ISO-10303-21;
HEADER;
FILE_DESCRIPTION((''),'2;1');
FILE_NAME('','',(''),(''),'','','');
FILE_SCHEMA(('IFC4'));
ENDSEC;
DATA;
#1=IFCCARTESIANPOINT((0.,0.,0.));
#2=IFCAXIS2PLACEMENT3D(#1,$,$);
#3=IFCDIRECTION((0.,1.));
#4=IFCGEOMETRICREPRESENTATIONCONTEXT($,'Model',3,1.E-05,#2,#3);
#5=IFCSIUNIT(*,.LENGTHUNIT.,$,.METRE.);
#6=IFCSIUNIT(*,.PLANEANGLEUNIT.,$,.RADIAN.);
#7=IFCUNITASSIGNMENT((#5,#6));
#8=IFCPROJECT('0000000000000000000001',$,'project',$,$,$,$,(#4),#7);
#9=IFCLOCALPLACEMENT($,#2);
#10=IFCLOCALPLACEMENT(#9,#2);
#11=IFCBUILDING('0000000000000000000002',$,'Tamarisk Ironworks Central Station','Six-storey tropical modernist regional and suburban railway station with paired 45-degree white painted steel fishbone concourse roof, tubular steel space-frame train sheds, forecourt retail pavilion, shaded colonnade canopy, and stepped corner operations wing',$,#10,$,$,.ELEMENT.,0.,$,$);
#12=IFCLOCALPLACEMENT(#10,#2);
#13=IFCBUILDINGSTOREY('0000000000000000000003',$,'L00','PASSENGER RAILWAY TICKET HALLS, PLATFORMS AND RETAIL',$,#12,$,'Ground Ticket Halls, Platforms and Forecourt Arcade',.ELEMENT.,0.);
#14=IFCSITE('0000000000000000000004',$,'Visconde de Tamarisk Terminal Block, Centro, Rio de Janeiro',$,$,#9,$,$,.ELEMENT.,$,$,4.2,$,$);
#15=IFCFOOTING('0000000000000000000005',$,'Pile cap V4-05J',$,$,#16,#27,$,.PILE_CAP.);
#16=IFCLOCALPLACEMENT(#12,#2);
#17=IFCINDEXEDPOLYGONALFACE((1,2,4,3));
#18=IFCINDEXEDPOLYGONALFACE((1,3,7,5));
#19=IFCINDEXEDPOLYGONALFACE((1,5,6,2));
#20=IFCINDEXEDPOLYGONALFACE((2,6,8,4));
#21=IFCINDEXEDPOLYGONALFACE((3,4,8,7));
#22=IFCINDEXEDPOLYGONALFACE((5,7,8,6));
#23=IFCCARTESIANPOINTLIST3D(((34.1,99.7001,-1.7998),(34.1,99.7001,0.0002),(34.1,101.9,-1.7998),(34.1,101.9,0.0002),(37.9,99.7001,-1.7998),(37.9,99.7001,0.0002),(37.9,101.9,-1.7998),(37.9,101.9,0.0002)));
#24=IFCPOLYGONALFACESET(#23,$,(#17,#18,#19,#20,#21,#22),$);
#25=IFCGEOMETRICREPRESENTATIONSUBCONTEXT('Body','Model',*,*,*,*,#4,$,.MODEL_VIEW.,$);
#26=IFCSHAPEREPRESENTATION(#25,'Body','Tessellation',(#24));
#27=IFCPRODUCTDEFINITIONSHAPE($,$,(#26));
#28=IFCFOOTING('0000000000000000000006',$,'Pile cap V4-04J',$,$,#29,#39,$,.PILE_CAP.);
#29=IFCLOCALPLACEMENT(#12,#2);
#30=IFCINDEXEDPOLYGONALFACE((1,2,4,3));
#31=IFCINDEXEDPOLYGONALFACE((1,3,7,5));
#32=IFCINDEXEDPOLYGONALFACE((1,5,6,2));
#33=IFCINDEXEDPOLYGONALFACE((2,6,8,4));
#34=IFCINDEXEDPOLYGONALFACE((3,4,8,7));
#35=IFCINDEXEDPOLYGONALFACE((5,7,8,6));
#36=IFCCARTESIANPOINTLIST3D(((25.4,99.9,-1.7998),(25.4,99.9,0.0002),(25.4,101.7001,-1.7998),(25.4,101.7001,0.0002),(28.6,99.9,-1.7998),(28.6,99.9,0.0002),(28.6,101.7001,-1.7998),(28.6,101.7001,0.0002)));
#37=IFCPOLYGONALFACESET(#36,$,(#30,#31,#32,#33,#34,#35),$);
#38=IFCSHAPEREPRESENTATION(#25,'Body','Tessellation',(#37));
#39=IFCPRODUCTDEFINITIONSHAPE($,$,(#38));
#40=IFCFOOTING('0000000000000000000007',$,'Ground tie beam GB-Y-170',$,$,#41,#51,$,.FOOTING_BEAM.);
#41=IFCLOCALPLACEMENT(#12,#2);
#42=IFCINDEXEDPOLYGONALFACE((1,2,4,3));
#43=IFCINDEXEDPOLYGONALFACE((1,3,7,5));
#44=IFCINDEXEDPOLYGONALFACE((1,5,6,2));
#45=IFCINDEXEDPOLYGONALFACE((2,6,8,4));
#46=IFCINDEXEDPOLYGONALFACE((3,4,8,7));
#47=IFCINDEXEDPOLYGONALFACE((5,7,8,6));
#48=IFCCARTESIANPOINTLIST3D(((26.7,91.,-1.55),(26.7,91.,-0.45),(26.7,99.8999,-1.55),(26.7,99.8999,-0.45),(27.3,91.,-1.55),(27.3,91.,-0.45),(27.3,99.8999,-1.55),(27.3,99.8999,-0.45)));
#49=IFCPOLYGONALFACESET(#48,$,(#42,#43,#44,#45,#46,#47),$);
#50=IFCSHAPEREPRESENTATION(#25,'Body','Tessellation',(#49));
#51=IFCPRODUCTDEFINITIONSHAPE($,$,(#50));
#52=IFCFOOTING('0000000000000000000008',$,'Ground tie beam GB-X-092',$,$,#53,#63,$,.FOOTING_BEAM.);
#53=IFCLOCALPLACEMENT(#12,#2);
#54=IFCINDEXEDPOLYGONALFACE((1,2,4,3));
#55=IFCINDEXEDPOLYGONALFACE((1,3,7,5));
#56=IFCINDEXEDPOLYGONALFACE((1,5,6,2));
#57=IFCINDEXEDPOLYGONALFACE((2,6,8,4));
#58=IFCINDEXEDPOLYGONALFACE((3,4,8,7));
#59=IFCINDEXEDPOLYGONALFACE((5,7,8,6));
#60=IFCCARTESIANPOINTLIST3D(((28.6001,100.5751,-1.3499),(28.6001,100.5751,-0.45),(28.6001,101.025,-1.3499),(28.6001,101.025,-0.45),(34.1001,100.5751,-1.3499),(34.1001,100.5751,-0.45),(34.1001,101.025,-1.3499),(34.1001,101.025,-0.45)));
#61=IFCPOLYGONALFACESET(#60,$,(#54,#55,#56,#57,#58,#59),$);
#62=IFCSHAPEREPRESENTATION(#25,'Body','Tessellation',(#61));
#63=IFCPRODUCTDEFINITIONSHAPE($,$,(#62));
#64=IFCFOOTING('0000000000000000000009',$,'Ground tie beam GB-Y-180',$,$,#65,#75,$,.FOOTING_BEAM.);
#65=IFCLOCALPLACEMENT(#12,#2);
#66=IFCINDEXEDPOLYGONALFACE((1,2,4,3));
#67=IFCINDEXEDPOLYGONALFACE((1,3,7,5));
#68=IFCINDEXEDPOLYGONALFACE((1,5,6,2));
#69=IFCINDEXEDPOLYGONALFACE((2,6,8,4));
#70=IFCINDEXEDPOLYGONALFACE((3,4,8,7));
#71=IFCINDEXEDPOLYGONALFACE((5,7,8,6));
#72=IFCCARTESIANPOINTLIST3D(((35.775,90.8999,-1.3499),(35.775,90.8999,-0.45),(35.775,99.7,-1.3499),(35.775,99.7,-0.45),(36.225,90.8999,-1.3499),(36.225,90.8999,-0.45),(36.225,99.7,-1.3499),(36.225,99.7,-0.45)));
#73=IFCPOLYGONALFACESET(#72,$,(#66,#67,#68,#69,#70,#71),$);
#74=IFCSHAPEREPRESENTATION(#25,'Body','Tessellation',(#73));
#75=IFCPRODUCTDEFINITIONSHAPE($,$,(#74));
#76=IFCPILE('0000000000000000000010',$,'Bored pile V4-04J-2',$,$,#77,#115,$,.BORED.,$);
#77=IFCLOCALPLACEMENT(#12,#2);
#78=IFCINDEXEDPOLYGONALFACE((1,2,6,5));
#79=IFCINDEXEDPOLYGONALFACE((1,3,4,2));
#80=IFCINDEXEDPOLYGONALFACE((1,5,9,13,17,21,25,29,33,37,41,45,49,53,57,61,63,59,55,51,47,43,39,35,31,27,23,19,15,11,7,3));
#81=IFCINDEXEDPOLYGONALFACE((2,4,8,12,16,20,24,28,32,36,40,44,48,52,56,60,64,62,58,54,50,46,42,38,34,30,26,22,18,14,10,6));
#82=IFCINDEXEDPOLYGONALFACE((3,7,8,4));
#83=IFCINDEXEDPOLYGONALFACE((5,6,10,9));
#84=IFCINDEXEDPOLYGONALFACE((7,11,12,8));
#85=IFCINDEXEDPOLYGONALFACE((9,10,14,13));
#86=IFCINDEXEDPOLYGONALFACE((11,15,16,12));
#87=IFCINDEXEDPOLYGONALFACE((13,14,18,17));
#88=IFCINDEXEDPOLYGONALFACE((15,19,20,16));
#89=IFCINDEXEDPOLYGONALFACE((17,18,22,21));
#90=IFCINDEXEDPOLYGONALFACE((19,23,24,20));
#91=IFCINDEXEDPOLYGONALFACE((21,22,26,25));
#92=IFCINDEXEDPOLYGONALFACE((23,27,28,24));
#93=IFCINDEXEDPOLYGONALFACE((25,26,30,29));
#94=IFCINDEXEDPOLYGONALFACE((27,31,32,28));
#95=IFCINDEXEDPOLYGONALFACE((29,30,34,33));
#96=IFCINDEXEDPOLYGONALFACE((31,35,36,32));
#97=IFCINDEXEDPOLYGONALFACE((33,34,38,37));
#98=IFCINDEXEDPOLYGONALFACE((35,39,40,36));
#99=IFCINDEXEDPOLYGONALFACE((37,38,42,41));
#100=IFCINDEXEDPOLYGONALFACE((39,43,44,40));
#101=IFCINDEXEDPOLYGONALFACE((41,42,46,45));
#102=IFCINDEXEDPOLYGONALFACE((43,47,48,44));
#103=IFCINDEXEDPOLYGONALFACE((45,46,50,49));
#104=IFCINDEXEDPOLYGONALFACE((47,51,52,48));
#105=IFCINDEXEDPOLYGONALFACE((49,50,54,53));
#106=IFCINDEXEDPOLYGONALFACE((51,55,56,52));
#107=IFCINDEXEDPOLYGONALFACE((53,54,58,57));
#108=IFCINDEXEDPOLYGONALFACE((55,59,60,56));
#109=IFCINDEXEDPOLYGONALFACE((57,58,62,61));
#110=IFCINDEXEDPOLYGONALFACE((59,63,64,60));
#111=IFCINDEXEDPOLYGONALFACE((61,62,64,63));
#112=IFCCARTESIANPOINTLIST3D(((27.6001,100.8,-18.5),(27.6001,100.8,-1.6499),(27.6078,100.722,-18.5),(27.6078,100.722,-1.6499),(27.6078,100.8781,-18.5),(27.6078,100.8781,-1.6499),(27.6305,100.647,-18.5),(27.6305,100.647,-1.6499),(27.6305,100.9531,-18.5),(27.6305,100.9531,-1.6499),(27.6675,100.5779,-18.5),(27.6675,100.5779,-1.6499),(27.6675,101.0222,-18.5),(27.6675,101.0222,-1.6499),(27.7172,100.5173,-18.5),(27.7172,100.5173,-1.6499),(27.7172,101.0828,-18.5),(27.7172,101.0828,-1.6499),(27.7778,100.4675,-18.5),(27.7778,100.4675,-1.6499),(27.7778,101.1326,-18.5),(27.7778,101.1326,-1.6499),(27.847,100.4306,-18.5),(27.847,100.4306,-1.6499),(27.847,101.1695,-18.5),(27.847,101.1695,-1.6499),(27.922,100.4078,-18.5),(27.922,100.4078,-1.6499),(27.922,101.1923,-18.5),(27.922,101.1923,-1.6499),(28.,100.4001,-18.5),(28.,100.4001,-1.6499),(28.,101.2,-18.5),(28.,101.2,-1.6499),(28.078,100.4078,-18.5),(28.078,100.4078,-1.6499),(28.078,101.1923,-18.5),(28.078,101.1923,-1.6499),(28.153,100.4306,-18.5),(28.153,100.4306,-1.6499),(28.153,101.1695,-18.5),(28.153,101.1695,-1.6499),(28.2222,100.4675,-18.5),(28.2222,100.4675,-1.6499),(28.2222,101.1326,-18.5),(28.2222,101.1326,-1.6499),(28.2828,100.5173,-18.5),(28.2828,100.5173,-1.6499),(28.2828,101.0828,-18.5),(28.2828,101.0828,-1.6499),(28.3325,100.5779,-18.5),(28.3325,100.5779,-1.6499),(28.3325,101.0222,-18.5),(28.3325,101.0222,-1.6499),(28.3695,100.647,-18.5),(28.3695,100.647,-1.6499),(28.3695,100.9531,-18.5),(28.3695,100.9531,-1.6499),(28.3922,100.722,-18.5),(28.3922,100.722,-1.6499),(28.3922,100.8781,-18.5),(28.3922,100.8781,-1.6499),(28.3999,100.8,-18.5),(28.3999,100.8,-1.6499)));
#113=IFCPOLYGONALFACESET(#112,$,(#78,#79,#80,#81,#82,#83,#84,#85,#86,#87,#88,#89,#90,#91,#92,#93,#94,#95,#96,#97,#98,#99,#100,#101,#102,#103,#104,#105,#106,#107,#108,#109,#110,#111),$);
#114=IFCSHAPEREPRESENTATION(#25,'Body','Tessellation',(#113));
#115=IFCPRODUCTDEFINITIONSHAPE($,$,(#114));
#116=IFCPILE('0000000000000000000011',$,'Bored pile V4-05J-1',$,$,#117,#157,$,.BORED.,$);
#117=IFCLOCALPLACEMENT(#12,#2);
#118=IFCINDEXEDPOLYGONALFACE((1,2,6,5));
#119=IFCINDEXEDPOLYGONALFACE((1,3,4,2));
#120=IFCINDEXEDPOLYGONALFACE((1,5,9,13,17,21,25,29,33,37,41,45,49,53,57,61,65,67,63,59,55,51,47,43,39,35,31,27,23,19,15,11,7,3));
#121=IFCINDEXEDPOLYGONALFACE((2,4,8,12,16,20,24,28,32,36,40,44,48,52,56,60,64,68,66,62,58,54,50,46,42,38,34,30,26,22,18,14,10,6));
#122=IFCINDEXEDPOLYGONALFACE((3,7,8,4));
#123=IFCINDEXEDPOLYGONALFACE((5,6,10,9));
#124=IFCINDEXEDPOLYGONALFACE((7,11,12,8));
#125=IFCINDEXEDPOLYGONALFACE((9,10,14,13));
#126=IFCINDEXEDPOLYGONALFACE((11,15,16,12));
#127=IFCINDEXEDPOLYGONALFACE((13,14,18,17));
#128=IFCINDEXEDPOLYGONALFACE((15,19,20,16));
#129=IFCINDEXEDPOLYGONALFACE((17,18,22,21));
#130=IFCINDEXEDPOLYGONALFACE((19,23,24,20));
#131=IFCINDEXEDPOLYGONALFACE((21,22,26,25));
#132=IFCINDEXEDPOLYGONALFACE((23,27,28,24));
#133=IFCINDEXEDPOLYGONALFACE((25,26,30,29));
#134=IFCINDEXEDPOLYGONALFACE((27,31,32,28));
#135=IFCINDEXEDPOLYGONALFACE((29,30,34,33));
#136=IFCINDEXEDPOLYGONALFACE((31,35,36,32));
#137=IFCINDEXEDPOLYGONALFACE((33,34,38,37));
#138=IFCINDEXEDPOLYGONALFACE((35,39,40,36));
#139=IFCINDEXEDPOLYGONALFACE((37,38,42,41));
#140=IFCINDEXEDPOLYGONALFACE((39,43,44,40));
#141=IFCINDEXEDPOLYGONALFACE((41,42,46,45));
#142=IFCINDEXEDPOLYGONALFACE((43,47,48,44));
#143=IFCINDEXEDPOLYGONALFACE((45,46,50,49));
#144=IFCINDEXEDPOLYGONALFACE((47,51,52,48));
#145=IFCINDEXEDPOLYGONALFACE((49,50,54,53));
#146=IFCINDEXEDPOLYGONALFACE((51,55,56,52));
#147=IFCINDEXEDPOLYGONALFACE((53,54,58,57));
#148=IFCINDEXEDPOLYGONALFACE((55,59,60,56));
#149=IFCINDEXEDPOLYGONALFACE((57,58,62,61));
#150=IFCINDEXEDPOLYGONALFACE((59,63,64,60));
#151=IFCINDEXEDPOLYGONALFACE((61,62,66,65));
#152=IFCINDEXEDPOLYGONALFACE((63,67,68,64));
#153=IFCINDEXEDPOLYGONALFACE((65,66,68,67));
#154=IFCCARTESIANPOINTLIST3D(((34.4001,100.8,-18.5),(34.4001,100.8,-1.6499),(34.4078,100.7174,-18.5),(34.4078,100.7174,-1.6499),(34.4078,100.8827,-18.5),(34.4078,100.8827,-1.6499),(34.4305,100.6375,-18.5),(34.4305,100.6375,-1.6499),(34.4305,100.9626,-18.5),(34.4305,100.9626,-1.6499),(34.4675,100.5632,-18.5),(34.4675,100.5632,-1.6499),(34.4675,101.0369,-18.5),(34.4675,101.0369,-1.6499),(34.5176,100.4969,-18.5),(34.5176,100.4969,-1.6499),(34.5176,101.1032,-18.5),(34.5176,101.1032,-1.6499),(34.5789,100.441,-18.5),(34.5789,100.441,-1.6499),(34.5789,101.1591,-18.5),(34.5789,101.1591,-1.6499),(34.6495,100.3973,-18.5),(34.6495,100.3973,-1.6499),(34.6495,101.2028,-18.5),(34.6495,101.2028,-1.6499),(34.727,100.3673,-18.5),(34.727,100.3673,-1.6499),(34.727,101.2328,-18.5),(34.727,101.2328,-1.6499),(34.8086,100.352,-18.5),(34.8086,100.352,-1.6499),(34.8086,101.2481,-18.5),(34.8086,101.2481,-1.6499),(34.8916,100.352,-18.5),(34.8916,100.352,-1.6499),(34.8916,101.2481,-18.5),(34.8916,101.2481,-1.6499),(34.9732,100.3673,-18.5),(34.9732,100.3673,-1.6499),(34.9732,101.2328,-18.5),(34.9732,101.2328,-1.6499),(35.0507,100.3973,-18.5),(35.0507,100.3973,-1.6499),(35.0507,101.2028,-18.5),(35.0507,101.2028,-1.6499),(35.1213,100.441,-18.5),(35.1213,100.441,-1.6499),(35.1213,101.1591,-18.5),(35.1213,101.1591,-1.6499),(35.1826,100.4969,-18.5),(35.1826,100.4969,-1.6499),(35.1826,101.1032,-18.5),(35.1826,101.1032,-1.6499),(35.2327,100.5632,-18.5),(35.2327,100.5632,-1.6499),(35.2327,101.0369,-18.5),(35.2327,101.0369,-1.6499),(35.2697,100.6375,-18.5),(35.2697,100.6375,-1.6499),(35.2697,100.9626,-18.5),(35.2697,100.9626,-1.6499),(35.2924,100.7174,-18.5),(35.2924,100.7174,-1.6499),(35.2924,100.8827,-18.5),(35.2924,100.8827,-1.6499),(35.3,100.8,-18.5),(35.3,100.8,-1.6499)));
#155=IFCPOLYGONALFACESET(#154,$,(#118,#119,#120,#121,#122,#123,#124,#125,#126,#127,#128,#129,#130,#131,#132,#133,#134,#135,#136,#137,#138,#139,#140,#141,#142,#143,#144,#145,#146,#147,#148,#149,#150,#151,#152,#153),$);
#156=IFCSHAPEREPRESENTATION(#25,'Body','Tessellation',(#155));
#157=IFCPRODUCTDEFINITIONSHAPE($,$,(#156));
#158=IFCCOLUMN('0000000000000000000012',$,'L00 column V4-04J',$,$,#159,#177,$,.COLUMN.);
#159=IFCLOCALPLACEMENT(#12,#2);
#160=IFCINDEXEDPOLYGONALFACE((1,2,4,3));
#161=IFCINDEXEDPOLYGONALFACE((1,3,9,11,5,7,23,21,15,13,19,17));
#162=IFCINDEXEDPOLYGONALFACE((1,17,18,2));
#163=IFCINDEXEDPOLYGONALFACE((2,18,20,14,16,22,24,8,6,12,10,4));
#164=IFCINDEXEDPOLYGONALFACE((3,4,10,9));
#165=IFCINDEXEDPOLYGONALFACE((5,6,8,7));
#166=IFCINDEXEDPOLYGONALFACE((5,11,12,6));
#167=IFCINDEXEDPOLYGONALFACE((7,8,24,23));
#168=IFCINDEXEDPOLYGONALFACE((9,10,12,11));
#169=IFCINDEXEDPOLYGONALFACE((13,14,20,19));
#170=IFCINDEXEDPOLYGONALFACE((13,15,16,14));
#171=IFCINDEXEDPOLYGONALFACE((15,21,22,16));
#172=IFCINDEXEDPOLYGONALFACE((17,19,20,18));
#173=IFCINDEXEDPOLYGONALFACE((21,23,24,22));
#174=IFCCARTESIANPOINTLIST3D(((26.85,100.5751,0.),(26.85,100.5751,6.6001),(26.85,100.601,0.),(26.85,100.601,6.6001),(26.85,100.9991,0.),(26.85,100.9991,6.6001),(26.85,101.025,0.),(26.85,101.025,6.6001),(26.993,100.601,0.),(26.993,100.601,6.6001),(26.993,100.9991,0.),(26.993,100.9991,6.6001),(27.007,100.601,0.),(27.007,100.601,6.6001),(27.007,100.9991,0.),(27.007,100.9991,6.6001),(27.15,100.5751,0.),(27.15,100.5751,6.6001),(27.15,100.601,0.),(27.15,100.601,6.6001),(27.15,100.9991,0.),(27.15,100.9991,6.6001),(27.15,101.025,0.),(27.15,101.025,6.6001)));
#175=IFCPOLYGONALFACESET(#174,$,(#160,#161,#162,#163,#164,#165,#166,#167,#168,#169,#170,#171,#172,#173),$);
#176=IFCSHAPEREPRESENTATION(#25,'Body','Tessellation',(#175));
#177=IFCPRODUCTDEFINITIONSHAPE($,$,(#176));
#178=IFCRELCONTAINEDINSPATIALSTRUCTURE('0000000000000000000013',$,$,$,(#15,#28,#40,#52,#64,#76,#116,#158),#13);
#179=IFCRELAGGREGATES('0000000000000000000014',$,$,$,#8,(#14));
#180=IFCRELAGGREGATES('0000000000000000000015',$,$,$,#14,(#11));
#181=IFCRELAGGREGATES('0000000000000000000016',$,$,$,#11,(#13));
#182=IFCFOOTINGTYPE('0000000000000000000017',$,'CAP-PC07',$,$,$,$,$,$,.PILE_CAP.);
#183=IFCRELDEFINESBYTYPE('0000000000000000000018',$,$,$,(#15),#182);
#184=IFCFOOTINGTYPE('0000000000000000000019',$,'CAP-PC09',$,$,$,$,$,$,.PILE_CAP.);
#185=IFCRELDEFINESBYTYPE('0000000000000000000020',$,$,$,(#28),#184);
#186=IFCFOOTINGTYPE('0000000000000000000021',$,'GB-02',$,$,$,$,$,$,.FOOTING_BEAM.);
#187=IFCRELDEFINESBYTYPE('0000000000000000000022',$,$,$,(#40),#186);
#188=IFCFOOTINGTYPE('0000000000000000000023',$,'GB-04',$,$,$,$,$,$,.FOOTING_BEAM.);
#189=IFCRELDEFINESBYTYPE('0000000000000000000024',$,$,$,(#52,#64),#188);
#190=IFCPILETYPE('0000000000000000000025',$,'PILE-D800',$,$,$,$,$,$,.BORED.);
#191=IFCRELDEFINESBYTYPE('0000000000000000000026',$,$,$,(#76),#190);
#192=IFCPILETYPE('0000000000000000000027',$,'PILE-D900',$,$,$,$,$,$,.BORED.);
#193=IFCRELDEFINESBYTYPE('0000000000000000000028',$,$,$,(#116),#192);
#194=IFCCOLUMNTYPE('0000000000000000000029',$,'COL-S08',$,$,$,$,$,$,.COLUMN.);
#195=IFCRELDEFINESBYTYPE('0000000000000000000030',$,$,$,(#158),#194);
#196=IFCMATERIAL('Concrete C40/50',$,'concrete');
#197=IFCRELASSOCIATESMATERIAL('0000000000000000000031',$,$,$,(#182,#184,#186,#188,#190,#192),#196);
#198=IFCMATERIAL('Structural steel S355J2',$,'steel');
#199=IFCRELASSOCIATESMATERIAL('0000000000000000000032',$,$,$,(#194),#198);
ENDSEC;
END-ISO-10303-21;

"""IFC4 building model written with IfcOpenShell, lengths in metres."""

from ifc_helpers import new_model, si_unit, direction, frame, origin, origin_2d, place, context, subcontext, project, spatial, rectangle, circle, i_section, extrude, material, material_profile, profile_set, type_object, element, save


model = new_model("IFC4")

# Units and contexts
model_context = context("Model", 3, precision=1e-05, world=origin(), true_north=direction((0.0, 1.0)))
body_context = subcontext(model_context, "Body", "Model", "MODEL_VIEW")
ifc_project = project(units=[si_unit("LENGTHUNIT", "METRE"), si_unit("PLANEANGLEUNIT", "RADIAN")], contexts=[model_context])

# Site, building, storey
site_placement = place(None, origin())
site = spatial("IfcSite", under=ifc_project, at=site_placement, Name="Visconde de Tamarisk Terminal Block, Centro, Rio de Janeiro", CompositionType="ELEMENT", RefElevation=4.2)
building_placement = place(site_placement, origin())
building = spatial("IfcBuilding", under=site, at=building_placement, Name="Tamarisk Ironworks Central Station", Description="Six-storey tropical modernist regional and suburban railway station with paired 45-degree white painted steel fishbone concourse roof, tubular steel space-frame train sheds, forecourt retail pavilion, shaded colonnade canopy, and stepped corner operations wing", CompositionType="ELEMENT", ElevationOfRefHeight=0.0)
storey_placement = place(building_placement, origin())
storey = spatial("IfcBuildingStorey", under=building, at=storey_placement, Name="L00", Description="PASSENGER RAILWAY TICKET HALLS, PLATFORMS AND RETAIL", LongName="Ground Ticket Halls, Platforms and Forecourt Arcade", CompositionType="ELEMENT", Elevation=0.0)

# Footings
ifc_material_1 = material(Name="Concrete C40/50", Category="concrete")
footing_type_1 = type_object("IfcFootingType", Name="CAP-PC07", PredefinedType="PILE_CAP", material=ifc_material_1)
footing_1_placement = place(storey_placement, frame((36.0, 100.8, -1.7998), z_axis=(0.0, 0.0, 1.0), x_axis=(1.0, 0.0, 0.0)))
element("IfcFooting", 1, at=footing_1_placement, inside=storey, type_object=footing_type_1, Name="Pile cap V4-05J", PredefinedType="PILE_CAP", context=body_context, shape_type="SweptSolid", body=[
    extrude(rectangle(XDim=3.8, YDim=2.2, at=origin_2d()), origin(), (0.0, 0.0, 1.0), 1.8),
])
footing_type_2 = type_object("IfcFootingType", Name="CAP-PC09", PredefinedType="PILE_CAP", material=ifc_material_1)
footing_2_placement = place(storey_placement, frame((27.0, 100.8, -1.7998), z_axis=(0.0, 0.0, 1.0), x_axis=(1.0, 0.0, 0.0)))
element("IfcFooting", 2, at=footing_2_placement, inside=storey, type_object=footing_type_2, Name="Pile cap V4-04J", PredefinedType="PILE_CAP", context=body_context, shape_type="SweptSolid", body=[
    extrude(rectangle(XDim=3.2, YDim=1.8, at=origin_2d()), origin(), (0.0, 0.0, 1.0), 1.8),
])
ifc_material_profile_1 = material_profile(ifc_material_1, rectangle(XDim=0.6001, YDim=1.1001, at=origin_2d()), Name="GB02 600x1100")
ifc_profile_set_1 = profile_set([ifc_material_profile_1], Name="Concrete C40/50")
footing_type_3 = type_object("IfcFootingType", Name="GB-02", PredefinedType="FOOTING_BEAM", material=ifc_profile_set_1)
footing_3_placement = place(storey_placement, frame((27.0, 91.0, -1.0), z_axis=(0.0, 1.0, 0.0), x_axis=(-1.0, 0.0, 0.0)))
element("IfcFooting", 3, at=footing_3_placement, inside=storey, type_object=footing_type_3, Name="Ground tie beam GB-Y-170", PredefinedType="FOOTING_BEAM", context=body_context, shape_type="SweptSolid", body=[
    extrude(rectangle(XDim=0.6001, YDim=1.1001, at=origin_2d()), origin(), (0.0, 0.0, 1.0), 8.8999),
])
ifc_material_profile_2 = material_profile(ifc_material_1, rectangle(XDim=0.45, YDim=0.8999, at=origin_2d()), Name="GB04 450x900")
ifc_profile_set_2 = profile_set([ifc_material_profile_2], Name="Concrete C40/50")
footing_type_4 = type_object("IfcFootingType", Name="GB-04", PredefinedType="FOOTING_BEAM", material=ifc_profile_set_2)
footing_4_placement = place(storey_placement, frame((28.6001, 100.8, -0.8999), z_axis=(1.0, 0.0, 0.0), x_axis=(0.0, 1.0, 0.0)))
element("IfcFooting", 4, at=footing_4_placement, inside=storey, type_object=footing_type_4, Name="Ground tie beam GB-X-092", PredefinedType="FOOTING_BEAM", context=body_context, shape_type="SweptSolid", body=[
    extrude(rectangle(XDim=0.45, YDim=0.8999, at=origin_2d()), origin(), (0.0, 0.0, 1.0), 5.5),
])
footing_5_placement = place(storey_placement, frame((36.0, 90.8999, -0.8999), z_axis=(0.0, 1.0, 0.0), x_axis=(-1.0, 0.0, 0.0)))
element("IfcFooting", 5, at=footing_5_placement, inside=storey, type_object=footing_type_4, Name="Ground tie beam GB-Y-180", PredefinedType="FOOTING_BEAM", context=body_context, shape_type="SweptSolid", body=[
    extrude(rectangle(XDim=0.45, YDim=0.8999, at=origin_2d()), origin(), (0.0, 0.0, 1.0), 8.8),
])

# Piles
ifc_material_profile_3 = material_profile(ifc_material_1, circle(Radius=0.3999, at=origin_2d()), Name="BORED PILE D800")
ifc_profile_set_3 = profile_set([ifc_material_profile_3], Name="Concrete C40/50")
pile_type_1 = type_object("IfcPileType", Name="PILE-D800", PredefinedType="BORED", material=ifc_profile_set_3)
pile_1_placement = place(storey_placement, frame((28.0, 100.8, -1.6499), z_axis=(0.0, 0.0, -1.0), x_axis=(1.0, 0.0, 0.0)))
element("IfcPile", 6, at=pile_1_placement, inside=storey, type_object=pile_type_1, Name="Bored pile V4-04J-2", PredefinedType="BORED", context=body_context, shape_type="SweptSolid", body=[
    extrude(circle(Radius=0.3999, at=origin_2d()), origin(), (0.0, 0.0, 1.0), 16.8501),
])
ifc_material_profile_4 = material_profile(ifc_material_1, circle(Radius=0.45, at=origin_2d()), Name="BORED PILE D900")
ifc_profile_set_4 = profile_set([ifc_material_profile_4], Name="Concrete C40/50")
pile_type_2 = type_object("IfcPileType", Name="PILE-D900", PredefinedType="BORED", material=ifc_profile_set_4)
pile_2_placement = place(storey_placement, frame((34.8501, 100.8, -1.6499), z_axis=(0.0, 0.0, -1.0), x_axis=(1.0, 0.0, 0.0)))
element("IfcPile", 7, at=pile_2_placement, inside=storey, type_object=pile_type_2, Name="Bored pile V4-05J-1", PredefinedType="BORED", context=body_context, shape_type="SweptSolid", body=[
    extrude(circle(Radius=0.45, at=origin_2d()), origin(), (0.0, 0.0, 1.0), 16.8501),
])

# Column
ifc_material_2 = material(Name="Structural steel S355J2", Category="steel")
ifc_material_profile_5 = material_profile(ifc_material_2, i_section(OverallWidth=0.3, OverallDepth=0.45, WebThickness=0.0139, FlangeThickness=0.0259, at=origin_2d()), Name="HEB 450")
ifc_profile_set_5 = profile_set([ifc_material_profile_5], Name="Structural steel S355J2")
column_type = type_object("IfcColumnType", Name="COL-S08", PredefinedType="COLUMN", material=ifc_profile_set_5)
column_placement = place(storey_placement, frame((27.0, 100.8, 0.0), z_axis=(0.0, 0.0, 1.0), x_axis=(1.0, 0.0, 0.0)))
element("IfcColumn", 8, at=column_placement, inside=storey, type_object=column_type, Name="L00 column V4-04J", PredefinedType="COLUMN", context=body_context, shape_type="SweptSolid", body=[
    extrude(i_section(OverallWidth=0.3, OverallDepth=0.45, WebThickness=0.0139, FlangeThickness=0.0259, at=origin_2d()), origin(), (0.0, 0.0, 1.0), 6.6001),
])

save(model, "model.ifc")
